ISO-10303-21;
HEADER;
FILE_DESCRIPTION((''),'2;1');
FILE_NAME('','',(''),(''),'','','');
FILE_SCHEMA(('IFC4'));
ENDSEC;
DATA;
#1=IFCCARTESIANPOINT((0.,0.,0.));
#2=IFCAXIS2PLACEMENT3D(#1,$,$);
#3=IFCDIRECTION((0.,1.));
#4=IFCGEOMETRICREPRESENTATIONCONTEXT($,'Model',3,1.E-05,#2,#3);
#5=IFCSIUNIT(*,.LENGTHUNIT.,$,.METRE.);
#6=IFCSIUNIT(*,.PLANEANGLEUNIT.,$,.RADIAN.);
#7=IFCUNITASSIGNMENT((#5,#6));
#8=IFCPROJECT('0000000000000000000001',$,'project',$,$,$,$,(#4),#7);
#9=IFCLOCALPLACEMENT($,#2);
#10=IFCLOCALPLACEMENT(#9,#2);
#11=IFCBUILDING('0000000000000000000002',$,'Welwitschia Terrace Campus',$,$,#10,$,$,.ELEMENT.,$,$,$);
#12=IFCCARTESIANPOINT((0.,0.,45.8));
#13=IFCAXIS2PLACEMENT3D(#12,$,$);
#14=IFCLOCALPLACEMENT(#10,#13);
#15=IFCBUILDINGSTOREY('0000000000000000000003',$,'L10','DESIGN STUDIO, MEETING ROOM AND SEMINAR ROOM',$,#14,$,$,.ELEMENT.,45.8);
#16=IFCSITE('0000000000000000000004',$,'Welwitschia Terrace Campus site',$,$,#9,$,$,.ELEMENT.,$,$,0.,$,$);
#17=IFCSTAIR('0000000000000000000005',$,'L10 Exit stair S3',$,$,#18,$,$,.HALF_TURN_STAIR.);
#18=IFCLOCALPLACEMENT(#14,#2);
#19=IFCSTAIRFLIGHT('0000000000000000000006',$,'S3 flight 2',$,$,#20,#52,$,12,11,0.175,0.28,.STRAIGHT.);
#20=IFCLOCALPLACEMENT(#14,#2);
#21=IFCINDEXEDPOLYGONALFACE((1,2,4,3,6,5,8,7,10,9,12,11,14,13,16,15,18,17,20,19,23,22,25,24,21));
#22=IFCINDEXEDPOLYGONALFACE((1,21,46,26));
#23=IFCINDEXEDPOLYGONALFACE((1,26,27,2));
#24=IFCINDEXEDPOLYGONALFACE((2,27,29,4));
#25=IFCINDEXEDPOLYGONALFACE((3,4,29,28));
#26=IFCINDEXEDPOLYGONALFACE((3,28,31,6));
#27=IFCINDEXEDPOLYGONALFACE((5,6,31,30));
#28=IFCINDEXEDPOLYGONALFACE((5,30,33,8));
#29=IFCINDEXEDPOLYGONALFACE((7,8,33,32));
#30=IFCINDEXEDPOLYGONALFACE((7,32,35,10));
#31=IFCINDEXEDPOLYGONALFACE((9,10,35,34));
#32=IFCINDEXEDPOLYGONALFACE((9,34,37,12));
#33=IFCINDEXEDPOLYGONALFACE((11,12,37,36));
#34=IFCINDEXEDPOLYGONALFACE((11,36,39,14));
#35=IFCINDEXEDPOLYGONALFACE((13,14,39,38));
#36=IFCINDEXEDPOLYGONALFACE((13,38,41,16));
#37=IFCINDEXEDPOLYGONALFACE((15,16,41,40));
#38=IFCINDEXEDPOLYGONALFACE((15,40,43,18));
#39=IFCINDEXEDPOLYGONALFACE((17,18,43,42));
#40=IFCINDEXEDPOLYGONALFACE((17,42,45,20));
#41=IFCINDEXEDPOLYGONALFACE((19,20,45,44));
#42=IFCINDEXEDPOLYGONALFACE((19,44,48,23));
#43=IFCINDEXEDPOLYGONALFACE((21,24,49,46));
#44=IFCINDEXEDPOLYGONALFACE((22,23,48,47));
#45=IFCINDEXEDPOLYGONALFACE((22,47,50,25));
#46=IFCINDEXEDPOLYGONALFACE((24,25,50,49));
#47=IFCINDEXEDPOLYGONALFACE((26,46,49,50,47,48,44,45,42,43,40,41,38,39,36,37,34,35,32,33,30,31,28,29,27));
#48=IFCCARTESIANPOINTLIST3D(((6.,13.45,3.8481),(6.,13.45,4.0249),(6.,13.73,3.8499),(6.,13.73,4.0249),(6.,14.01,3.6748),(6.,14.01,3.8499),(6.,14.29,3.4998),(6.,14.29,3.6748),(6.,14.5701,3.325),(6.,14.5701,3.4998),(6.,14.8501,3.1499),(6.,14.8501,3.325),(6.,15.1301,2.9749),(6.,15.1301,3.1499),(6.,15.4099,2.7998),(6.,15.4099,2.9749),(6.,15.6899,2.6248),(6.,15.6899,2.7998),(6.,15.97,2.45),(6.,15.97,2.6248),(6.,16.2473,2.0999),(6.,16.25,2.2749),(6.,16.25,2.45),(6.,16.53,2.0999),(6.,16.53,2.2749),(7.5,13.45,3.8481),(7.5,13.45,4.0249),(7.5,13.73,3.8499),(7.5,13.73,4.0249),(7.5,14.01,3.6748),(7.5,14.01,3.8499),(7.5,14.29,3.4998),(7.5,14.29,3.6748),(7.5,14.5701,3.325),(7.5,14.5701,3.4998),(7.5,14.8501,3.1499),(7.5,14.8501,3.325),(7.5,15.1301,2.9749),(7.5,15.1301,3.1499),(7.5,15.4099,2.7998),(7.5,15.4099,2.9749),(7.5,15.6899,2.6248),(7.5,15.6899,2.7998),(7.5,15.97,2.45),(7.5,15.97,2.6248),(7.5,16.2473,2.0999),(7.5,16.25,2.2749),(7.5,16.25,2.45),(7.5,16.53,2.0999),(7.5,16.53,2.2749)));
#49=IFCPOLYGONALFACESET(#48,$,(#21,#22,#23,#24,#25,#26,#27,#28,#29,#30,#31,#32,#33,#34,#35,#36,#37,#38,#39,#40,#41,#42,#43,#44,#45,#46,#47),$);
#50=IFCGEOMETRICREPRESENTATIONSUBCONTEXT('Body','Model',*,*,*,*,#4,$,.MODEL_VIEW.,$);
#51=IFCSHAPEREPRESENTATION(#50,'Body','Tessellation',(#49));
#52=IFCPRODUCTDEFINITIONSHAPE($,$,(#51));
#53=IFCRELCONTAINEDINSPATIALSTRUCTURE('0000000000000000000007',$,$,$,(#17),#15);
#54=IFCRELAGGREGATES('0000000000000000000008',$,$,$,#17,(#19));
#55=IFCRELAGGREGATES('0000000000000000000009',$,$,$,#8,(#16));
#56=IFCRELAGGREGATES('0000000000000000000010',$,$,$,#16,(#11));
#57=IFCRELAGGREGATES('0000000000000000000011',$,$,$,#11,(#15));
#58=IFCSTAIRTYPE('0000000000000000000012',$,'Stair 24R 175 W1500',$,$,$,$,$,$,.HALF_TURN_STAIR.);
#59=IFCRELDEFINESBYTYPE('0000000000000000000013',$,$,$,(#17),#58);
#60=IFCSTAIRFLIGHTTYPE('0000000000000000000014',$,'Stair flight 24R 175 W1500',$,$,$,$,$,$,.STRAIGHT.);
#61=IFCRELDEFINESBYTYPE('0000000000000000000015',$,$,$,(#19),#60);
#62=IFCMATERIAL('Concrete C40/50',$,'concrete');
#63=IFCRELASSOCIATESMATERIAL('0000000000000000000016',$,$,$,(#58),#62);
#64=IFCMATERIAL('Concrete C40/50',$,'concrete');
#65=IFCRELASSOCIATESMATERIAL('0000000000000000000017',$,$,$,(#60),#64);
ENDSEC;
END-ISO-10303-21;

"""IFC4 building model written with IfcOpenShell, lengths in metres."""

from ifc_helpers import new_model, si_unit, direction, frame, origin, place, context, subcontext, project, spatial, polyline, outline, extrude, material, type_object, element, aggregate, save


model = new_model("IFC4")

# Units and contexts
model_context = context("Model", 3, precision=1e-05, world=origin(), true_north=direction((0.0, 1.0)))
body_context = subcontext(model_context, "Body", "Model", "MODEL_VIEW")
ifc_project = project(units=[si_unit("LENGTHUNIT", "METRE"), si_unit("PLANEANGLEUNIT", "RADIAN")], contexts=[model_context])

# Site, building, storey
site_placement = place(None, origin())
site = spatial("IfcSite", under=ifc_project, at=site_placement, Name="Welwitschia Terrace Campus site", CompositionType="ELEMENT", RefElevation=0.0)
building_placement = place(site_placement, origin())
building = spatial("IfcBuilding", under=site, at=building_placement, Name="Welwitschia Terrace Campus", CompositionType="ELEMENT")
storey_placement = place(building_placement, frame((0.0, 0.0, 45.8)))
storey = spatial("IfcBuildingStorey", under=building, at=storey_placement, Name="L10", Description="DESIGN STUDIO, MEETING ROOM AND SEMINAR ROOM", CompositionType="ELEMENT", Elevation=45.8)

# Stair, stair flight
ifc_material_1 = material(Name="Concrete C40/50", Category="concrete")
stair_type = type_object("IfcStairType", Name="Stair 24R 175 W1500", PredefinedType="HALF_TURN_STAIR", material=ifc_material_1)
ifc_material_2 = material(Name="Concrete C40/50", Category="concrete")
stair_flight_type = type_object("IfcStairFlightType", Name="Stair flight 24R 175 W1500", PredefinedType="STRAIGHT", material=ifc_material_2)
stair_1_placement = place(storey_placement, origin())
stair_1 = element("IfcStair", 1, at=stair_1_placement, inside=storey, type_object=stair_type, Name="L10 Exit stair S3", PredefinedType="HALF_TURN_STAIR")
stair_flight_1_placement = place(storey_placement, frame((6.75, 16.53, 2.0999), z_axis=(0.0, 0.0, 1.0), x_axis=(0.0, -1.0, 0.0)))
stair_flight_1 = element("IfcStairFlight", 2, at=stair_flight_1_placement, type_object=stair_flight_type, Name="S3 flight 2", NumberOfRisers=12, NumberOfTreads=11, PredefinedType="STRAIGHT", RiserHeight=0.175, TreadLength=0.28, context=body_context, shape_type="SweptSolid", body=[
    extrude(outline(polyline([(0.0, 0.0), (0.0, 0.175), (0.28, 0.175), (0.28, 0.3501), (0.5601, 0.3501), (0.5601, 0.5249), (0.8401, 0.5249), (0.8401, 0.7), (1.1201, 0.7), (1.1201, 0.875), (1.3999, 0.875), (1.3999, 1.05), (1.6799, 1.05), (1.6799, 1.2251), (1.96, 1.2251), (1.96, 1.3999), (2.24, 1.3999), (2.24, 1.575), (2.52, 1.575), (2.52, 1.75), (2.8, 1.75), (2.8, 1.925), (3.0801, 1.925), (3.0801, 2.1001), (3.0801, 1.7483), (0.2827, 0.0), (0.0, 0.0)])), frame((0.0, 0.75, 0.0), z_axis=(0.0, -1.0, 0.0), x_axis=(1.0, 0.0, 0.0)), (0.0, 0.0, 1.0), 1.5),
])
aggregate(stair_1, [stair_flight_1])

save(model, "model.ifc")
